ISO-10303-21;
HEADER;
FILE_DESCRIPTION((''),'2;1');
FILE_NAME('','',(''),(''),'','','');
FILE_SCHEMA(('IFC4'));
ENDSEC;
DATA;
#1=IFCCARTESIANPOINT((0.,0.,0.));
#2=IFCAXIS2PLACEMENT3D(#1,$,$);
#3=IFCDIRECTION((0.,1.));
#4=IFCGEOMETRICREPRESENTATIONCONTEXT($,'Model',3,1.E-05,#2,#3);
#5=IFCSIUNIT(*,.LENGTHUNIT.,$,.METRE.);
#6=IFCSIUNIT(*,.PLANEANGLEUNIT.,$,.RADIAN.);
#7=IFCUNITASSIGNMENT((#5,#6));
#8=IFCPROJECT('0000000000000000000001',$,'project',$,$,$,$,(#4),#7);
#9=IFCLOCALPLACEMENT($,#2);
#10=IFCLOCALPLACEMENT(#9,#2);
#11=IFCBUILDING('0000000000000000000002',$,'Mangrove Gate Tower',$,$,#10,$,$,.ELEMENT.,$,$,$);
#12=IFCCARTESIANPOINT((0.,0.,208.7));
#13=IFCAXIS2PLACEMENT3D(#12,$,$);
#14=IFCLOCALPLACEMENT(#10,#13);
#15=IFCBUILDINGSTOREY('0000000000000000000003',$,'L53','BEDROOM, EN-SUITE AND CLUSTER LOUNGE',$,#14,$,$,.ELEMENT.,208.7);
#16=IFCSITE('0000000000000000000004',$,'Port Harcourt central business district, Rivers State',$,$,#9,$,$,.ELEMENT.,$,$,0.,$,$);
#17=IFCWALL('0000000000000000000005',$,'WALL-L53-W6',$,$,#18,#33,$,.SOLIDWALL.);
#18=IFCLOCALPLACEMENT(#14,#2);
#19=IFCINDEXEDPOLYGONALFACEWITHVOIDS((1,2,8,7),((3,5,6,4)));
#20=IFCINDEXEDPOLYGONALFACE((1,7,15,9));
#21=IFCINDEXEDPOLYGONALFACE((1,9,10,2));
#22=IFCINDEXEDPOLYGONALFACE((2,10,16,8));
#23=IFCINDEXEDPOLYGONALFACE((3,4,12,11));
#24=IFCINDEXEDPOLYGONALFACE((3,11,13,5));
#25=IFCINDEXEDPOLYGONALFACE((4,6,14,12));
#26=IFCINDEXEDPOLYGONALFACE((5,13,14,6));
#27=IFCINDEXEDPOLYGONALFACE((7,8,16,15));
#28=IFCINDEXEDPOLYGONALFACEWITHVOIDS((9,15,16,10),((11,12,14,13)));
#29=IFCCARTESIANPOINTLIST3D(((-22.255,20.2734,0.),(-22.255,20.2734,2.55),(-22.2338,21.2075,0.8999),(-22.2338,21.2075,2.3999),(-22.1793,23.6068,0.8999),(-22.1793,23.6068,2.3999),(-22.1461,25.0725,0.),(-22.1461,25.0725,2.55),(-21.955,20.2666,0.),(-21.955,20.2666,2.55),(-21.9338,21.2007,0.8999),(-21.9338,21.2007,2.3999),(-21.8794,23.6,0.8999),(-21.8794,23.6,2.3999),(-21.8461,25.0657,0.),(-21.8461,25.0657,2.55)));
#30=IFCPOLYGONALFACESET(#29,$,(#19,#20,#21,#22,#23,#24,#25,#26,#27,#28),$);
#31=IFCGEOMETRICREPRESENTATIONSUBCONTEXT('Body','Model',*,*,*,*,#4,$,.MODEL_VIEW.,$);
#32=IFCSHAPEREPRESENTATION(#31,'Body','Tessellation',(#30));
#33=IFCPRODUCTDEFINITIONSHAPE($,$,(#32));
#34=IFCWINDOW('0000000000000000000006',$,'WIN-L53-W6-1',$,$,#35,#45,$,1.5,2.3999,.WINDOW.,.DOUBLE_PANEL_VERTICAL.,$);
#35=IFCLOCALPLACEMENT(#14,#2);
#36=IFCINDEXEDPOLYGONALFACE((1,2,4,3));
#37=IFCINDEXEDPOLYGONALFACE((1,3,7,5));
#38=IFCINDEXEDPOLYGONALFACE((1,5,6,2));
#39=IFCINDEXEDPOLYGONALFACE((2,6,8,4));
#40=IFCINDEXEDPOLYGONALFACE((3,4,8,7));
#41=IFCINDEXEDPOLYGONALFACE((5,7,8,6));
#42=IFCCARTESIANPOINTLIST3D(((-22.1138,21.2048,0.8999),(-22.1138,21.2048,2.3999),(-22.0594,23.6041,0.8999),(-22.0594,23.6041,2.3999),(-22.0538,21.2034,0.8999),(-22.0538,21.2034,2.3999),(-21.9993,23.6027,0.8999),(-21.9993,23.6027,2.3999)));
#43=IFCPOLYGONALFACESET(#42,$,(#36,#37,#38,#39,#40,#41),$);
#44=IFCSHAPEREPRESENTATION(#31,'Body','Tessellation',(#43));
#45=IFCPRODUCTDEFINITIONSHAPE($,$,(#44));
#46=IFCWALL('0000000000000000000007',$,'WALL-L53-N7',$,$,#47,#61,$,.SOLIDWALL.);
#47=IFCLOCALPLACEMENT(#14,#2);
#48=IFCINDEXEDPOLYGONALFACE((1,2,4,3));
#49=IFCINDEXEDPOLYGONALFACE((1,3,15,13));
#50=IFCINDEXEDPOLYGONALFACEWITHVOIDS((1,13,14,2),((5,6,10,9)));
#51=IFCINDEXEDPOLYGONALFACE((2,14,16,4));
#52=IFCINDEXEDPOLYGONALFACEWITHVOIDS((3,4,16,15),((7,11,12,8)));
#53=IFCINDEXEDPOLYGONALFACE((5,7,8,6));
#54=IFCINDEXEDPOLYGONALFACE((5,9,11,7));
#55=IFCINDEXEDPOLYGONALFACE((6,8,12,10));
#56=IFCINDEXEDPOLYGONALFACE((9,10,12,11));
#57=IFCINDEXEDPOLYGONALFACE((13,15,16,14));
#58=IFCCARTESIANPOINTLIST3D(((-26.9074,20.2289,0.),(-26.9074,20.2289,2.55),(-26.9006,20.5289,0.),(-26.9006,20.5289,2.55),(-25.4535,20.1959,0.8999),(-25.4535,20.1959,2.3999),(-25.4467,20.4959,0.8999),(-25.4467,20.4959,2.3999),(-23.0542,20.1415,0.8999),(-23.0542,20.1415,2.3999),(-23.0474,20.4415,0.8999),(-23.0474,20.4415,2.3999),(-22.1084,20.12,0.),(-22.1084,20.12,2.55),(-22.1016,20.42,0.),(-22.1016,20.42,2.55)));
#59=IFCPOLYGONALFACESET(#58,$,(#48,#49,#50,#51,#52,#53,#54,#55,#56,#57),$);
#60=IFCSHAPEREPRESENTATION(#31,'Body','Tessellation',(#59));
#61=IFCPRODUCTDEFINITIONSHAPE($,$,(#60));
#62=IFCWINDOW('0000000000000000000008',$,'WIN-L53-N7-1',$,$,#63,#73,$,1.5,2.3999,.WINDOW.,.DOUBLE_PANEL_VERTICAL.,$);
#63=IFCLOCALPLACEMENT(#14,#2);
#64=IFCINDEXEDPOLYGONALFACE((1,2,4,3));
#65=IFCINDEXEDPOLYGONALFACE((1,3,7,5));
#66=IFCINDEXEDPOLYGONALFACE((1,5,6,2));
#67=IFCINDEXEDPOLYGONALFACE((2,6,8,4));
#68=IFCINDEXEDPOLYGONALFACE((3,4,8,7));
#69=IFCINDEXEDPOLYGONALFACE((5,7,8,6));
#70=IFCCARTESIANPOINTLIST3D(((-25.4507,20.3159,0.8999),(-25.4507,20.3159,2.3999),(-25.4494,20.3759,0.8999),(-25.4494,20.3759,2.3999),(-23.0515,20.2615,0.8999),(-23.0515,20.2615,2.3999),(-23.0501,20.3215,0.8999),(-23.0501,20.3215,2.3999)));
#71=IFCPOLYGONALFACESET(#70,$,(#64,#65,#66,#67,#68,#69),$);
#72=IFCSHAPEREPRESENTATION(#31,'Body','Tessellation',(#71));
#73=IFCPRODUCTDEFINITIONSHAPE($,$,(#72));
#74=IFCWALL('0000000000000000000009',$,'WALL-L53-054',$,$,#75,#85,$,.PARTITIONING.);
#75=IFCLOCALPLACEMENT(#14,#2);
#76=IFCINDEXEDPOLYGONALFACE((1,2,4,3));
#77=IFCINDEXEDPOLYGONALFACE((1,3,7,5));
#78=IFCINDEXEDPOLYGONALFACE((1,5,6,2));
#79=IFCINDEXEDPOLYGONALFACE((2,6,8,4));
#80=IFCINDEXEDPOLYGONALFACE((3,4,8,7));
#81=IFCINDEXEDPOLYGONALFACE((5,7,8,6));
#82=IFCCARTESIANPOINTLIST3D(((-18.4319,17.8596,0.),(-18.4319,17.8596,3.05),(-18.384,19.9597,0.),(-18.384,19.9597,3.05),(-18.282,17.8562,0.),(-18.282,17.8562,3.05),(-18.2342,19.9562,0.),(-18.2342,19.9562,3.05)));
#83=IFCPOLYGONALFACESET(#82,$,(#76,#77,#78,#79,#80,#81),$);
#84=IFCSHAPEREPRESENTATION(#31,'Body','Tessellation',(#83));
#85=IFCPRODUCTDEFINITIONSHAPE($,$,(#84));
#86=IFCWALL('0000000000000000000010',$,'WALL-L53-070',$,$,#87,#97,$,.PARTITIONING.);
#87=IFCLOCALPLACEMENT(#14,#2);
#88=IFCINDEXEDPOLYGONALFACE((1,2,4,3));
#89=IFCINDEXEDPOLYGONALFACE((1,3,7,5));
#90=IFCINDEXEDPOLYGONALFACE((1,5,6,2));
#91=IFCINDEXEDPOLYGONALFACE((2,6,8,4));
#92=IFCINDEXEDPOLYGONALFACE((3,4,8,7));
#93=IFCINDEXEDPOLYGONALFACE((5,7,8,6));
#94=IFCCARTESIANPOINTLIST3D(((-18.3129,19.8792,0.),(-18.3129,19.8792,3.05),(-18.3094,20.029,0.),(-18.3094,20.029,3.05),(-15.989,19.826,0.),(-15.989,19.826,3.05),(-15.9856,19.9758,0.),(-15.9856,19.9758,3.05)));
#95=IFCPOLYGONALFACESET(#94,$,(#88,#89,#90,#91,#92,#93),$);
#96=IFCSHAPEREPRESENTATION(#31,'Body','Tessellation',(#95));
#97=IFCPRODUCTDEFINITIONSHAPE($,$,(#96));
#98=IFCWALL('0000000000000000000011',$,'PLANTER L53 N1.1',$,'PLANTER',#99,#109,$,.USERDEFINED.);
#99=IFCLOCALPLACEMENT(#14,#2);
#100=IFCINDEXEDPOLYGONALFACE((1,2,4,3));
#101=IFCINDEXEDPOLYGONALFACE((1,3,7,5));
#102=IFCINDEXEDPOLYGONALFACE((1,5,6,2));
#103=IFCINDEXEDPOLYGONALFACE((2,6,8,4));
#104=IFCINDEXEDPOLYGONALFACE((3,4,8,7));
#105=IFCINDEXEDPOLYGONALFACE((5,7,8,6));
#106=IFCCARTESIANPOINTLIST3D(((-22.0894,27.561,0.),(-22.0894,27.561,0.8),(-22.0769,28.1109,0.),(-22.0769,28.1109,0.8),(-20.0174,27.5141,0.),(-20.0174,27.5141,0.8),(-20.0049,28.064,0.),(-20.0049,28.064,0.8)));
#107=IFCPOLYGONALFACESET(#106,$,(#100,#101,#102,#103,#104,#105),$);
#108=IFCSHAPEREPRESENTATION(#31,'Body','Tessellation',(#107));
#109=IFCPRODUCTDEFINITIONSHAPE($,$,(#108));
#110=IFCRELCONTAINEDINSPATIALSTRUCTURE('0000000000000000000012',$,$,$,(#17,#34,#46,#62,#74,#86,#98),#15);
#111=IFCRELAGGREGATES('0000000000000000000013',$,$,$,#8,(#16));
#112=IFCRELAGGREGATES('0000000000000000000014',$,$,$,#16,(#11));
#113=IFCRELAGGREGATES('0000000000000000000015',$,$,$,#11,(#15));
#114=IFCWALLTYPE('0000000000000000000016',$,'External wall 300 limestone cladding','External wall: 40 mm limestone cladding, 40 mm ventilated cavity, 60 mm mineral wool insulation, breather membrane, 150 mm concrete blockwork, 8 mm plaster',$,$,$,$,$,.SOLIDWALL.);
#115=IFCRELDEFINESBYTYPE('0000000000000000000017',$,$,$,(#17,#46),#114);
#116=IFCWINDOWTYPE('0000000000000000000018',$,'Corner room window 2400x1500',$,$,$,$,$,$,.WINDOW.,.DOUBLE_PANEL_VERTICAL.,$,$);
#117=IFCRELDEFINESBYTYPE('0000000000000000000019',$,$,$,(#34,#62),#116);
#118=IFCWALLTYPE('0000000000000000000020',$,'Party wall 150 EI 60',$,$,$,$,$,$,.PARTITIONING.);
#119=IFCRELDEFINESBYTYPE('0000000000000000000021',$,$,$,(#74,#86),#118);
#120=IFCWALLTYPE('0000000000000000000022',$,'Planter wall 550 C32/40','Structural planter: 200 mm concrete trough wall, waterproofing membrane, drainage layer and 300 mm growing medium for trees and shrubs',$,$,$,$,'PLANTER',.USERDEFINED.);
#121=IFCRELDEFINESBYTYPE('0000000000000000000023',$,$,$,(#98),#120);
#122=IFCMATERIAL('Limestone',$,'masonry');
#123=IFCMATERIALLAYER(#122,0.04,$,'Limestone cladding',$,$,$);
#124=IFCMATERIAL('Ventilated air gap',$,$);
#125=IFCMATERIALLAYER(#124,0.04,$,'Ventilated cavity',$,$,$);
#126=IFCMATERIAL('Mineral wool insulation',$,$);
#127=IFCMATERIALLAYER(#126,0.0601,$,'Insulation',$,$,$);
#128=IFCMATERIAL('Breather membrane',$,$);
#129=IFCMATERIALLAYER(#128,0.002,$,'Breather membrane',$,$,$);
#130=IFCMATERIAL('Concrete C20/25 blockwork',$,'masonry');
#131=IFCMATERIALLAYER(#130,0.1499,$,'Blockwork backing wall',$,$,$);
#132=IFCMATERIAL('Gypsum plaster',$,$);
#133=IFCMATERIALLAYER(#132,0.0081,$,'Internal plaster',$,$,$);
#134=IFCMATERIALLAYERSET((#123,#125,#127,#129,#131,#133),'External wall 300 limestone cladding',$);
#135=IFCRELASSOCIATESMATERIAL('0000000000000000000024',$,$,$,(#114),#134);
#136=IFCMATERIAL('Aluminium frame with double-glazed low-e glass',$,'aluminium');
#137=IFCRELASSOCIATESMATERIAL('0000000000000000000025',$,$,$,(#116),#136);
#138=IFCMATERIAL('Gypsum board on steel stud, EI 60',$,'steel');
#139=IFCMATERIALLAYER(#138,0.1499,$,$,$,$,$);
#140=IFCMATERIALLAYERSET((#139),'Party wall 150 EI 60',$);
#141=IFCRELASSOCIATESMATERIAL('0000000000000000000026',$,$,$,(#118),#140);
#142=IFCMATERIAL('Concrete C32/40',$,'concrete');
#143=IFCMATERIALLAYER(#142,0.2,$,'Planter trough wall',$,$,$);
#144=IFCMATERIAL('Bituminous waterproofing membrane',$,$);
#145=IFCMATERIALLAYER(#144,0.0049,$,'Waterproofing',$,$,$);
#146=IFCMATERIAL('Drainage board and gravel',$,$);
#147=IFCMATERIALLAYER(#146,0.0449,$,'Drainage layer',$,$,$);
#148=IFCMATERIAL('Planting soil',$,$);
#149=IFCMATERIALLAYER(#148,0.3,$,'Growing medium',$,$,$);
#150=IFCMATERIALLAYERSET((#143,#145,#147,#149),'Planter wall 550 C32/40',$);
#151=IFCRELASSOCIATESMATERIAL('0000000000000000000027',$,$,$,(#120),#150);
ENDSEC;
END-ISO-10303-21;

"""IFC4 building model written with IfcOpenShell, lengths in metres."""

from ifc_helpers import new_model, si_unit, direction, frame, frame_2d, origin, place, context, subcontext, project, spatial, rectangle, extrude, material, layer, layer_set, type_object, element, fill, save


model = new_model("IFC4")

# Units and contexts
model_context = context("Model", 3, precision=1e-05, world=origin(), true_north=direction((0.0, 1.0)))
body_context = subcontext(model_context, "Body", "Model", "MODEL_VIEW")
ifc_project = project(units=[si_unit("LENGTHUNIT", "METRE"), si_unit("PLANEANGLEUNIT", "RADIAN")], contexts=[model_context])

# Site, building, storey
site_placement = place(None, origin())
site = spatial("IfcSite", under=ifc_project, at=site_placement, Name="Port Harcourt central business district, Rivers State", CompositionType="ELEMENT", RefElevation=0.0)
building_placement = place(site_placement, origin())
building = spatial("IfcBuilding", under=site, at=building_placement, Name="Mangrove Gate Tower", CompositionType="ELEMENT")
storey_placement = place(building_placement, frame((0.0, 0.0, 208.7)))
storey = spatial("IfcBuildingStorey", under=building, at=storey_placement, Name="L53", Description="BEDROOM, EN-SUITE AND CLUSTER LOUNGE", CompositionType="ELEMENT", Elevation=208.7)

# Walls, openings, windows
ifc_material_1 = material(Name="Limestone", Category="masonry")
ifc_layer_1 = layer(ifc_material_1, 0.04, Name="Limestone cladding")
ifc_material_2 = material(Name="Ventilated air gap")
ifc_layer_2 = layer(ifc_material_2, 0.04, Name="Ventilated cavity")
ifc_material_3 = material(Name="Mineral wool insulation")
ifc_layer_3 = layer(ifc_material_3, 0.0601, Name="Insulation")
ifc_material_4 = material(Name="Breather membrane")
ifc_layer_4 = layer(ifc_material_4, 0.002, Name="Breather membrane")
ifc_material_5 = material(Name="Concrete C20/25 blockwork", Category="masonry")
ifc_layer_5 = layer(ifc_material_5, 0.1499, Name="Blockwork backing wall")
ifc_material_6 = material(Name="Gypsum plaster")
ifc_layer_6 = layer(ifc_material_6, 0.0081, Name="Internal plaster")
ifc_layer_set_1 = layer_set([ifc_layer_1, ifc_layer_2, ifc_layer_3, ifc_layer_4, ifc_layer_5, ifc_layer_6], Name="External wall 300 limestone cladding")
wall_type_1 = type_object("IfcWallType", Name="External wall 300 limestone cladding", Description="External wall: 40 mm limestone cladding, 40 mm ventilated cavity, 60 mm mineral wool insulation, breather membrane, 150 mm concrete blockwork, 8 mm plaster", PredefinedType="SOLIDWALL", material=ifc_layer_set_1)
wall_1_placement = place(storey_placement, frame((-21.9961, 25.0691, 0.0), z_axis=(0.0, 0.0, 1.0), x_axis=(-0.022683, -0.999743, 0.0)))
wall_1 = element("IfcWall", 1, at=wall_1_placement, inside=storey, type_object=wall_type_1, Name="WALL-L53-W6", PredefinedType="SOLIDWALL", context=body_context, shape_type="SweptSolid", body=[
    extrude(rectangle(XDim=4.8003, YDim=0.3, at=frame_2d((2.4001, 0.0))), origin(), (0.0, 0.0, 1.0), 2.55),
])
opening_1_placement = place(wall_1_placement, frame((1.4661, 0.0, 0.8999)))
opening_1 = element("IfcOpeningElement", 2, at=opening_1_placement, cuts=wall_1, PredefinedType="OPENING", context=body_context, shape_type="SweptSolid", body=[
    extrude(rectangle(XDim=2.3999, YDim=1.5, at=frame_2d((1.2, 0.75))), frame((0.0, 0.1599, 0.0), z_axis=(0.0, -1.0, 0.0), x_axis=(1.0, 0.0, 0.0)), (0.0, 0.0, 1.0), 0.3201),
])
ifc_material_7 = material(Name="Aluminium frame with double-glazed low-e glass", Category="aluminium")
window_type = type_object("IfcWindowType", Name="Corner room window 2400x1500", PartitioningType="DOUBLE_PANEL_VERTICAL", PredefinedType="WINDOW", material=ifc_material_7)
window_1_placement = place(opening_1_placement, origin())
window_1 = element("IfcWindow", 3, at=window_1_placement, inside=storey, type_object=window_type, Name="WIN-L53-W6-1", OverallHeight=1.5, OverallWidth=2.3999, PartitioningType="DOUBLE_PANEL_VERTICAL", PredefinedType="WINDOW", context=body_context, shape_type="SweptSolid", body=[
    extrude(rectangle(XDim=2.3999, YDim=1.5, at=frame_2d((1.2, 0.75))), frame((0.0, 0.03, 0.0), z_axis=(0.0, -1.0, 0.0), x_axis=(1.0, 0.0, 0.0)), (0.0, 0.0, 1.0), 0.0601),
])
fill(opening_1, window_1)
wall_2_placement = place(storey_placement, frame((-22.105, 20.27, 0.0), z_axis=(0.0, 0.0, 1.0), x_axis=(-0.999743, 0.022683, 0.0)))
wall_2 = element("IfcWall", 4, at=wall_2_placement, inside=storey, type_object=wall_type_1, Name="WALL-L53-N7", PredefinedType="SOLIDWALL", context=body_context, shape_type="SweptSolid", body=[
    extrude(rectangle(XDim=4.8003, YDim=0.3, at=frame_2d((2.4001, 0.0))), origin(), (0.0, 0.0, 1.0), 2.55),
])
opening_2_placement = place(wall_2_placement, frame((0.946, 0.0, 0.8999)))
opening_2 = element("IfcOpeningElement", 5, at=opening_2_placement, cuts=wall_2, PredefinedType="OPENING", context=body_context, shape_type="SweptSolid", body=[
    extrude(rectangle(XDim=2.3999, YDim=1.5, at=frame_2d((1.2, 0.75))), frame((0.0, 0.1599, 0.0), z_axis=(0.0, -1.0, 0.0), x_axis=(1.0, 0.0, 0.0)), (0.0, 0.0, 1.0), 0.3201),
])
window_2_placement = place(opening_2_placement, origin())
window_2 = element("IfcWindow", 6, at=window_2_placement, inside=storey, type_object=window_type, Name="WIN-L53-N7-1", OverallHeight=1.5, OverallWidth=2.3999, PartitioningType="DOUBLE_PANEL_VERTICAL", PredefinedType="WINDOW", context=body_context, shape_type="SweptSolid", body=[
    extrude(rectangle(XDim=2.3999, YDim=1.5, at=frame_2d((1.2, 0.75))), frame((0.0, 0.03, 0.0), z_axis=(0.0, -1.0, 0.0), x_axis=(1.0, 0.0, 0.0)), (0.0, 0.0, 1.0), 0.0601),
])
fill(opening_2, window_2)

# Walls
ifc_material_8 = material(Name="Gypsum board on steel stud, EI 60", Category="steel")
ifc_layer_7 = layer(ifc_material_8, 0.1499)
ifc_layer_set_2 = layer_set([ifc_layer_7], Name="Party wall 150 EI 60")
wall_type_2 = type_object("IfcWallType", Name="Party wall 150 EI 60", PredefinedType="PARTITIONING", material=ifc_layer_set_2)
wall_3_placement = place(storey_placement, frame((-18.3569, 17.8579, 0.0), z_axis=(0.0, 0.0, 1.0), x_axis=(0.022779, 0.999741, 0.0)))
element("IfcWall", 7, at=wall_3_placement, inside=storey, type_object=wall_type_2, Name="WALL-L53-054", PredefinedType="PARTITIONING", context=body_context, shape_type="SweptSolid", body=[
    extrude(rectangle(XDim=2.1006, YDim=0.1499, at=frame_2d((1.0503, 0.0))), origin(), (0.0, 0.0, 1.0), 3.05),
])
wall_4_placement = place(storey_placement, frame((-18.311, 19.9541, 0.0), z_axis=(0.0, 0.0, 1.0), x_axis=(0.999738, -0.022896, 0.0)))
element("IfcWall", 8, at=wall_4_placement, inside=storey, type_object=wall_type_2, Name="WALL-L53-070", PredefinedType="PARTITIONING", context=body_context, shape_type="SweptSolid", body=[
    extrude(rectangle(XDim=2.3245, YDim=0.1499, at=frame_2d((1.1621, 0.0))), origin(), (0.0, 0.0, 1.0), 3.05),
])
ifc_material_9 = material(Name="Concrete C32/40", Category="concrete")
ifc_layer_8 = layer(ifc_material_9, 0.2, Name="Planter trough wall")
ifc_material_10 = material(Name="Bituminous waterproofing membrane")
ifc_layer_9 = layer(ifc_material_10, 0.0049, Name="Waterproofing")
ifc_material_11 = material(Name="Drainage board and gravel")
ifc_layer_10 = layer(ifc_material_11, 0.0449, Name="Drainage layer")
ifc_material_12 = material(Name="Planting soil")
ifc_layer_11 = layer(ifc_material_12, 0.3, Name="Growing medium")
ifc_layer_set_3 = layer_set([ifc_layer_8, ifc_layer_9, ifc_layer_10, ifc_layer_11], Name="Planter wall 550 C32/40")
wall_type_3 = type_object("IfcWallType", Name="Planter wall 550 C32/40", Description="Structural planter: 200 mm concrete trough wall, waterproofing membrane, drainage layer and 300 mm growing medium for trees and shrubs", ElementType="PLANTER", PredefinedType="USERDEFINED", material=ifc_layer_set_3)
wall_5_placement = place(storey_placement, frame((-22.083, 27.8359, 0.0), z_axis=(0.0, 0.0, 1.0), x_axis=(0.999744, -0.022617, 0.0)))
element("IfcWall", 9, at=wall_5_placement, inside=storey, type_object=wall_type_3, Name="PLANTER L53 N1.1", ObjectType="PLANTER", PredefinedType="USERDEFINED", context=body_context, shape_type="SweptSolid", body=[
    extrude(rectangle(XDim=2.0725, YDim=0.55, at=frame_2d((1.0361, 0.0))), origin(), (0.0, 0.0, 1.0), 0.8),
])

save(model, "model.ifc")
